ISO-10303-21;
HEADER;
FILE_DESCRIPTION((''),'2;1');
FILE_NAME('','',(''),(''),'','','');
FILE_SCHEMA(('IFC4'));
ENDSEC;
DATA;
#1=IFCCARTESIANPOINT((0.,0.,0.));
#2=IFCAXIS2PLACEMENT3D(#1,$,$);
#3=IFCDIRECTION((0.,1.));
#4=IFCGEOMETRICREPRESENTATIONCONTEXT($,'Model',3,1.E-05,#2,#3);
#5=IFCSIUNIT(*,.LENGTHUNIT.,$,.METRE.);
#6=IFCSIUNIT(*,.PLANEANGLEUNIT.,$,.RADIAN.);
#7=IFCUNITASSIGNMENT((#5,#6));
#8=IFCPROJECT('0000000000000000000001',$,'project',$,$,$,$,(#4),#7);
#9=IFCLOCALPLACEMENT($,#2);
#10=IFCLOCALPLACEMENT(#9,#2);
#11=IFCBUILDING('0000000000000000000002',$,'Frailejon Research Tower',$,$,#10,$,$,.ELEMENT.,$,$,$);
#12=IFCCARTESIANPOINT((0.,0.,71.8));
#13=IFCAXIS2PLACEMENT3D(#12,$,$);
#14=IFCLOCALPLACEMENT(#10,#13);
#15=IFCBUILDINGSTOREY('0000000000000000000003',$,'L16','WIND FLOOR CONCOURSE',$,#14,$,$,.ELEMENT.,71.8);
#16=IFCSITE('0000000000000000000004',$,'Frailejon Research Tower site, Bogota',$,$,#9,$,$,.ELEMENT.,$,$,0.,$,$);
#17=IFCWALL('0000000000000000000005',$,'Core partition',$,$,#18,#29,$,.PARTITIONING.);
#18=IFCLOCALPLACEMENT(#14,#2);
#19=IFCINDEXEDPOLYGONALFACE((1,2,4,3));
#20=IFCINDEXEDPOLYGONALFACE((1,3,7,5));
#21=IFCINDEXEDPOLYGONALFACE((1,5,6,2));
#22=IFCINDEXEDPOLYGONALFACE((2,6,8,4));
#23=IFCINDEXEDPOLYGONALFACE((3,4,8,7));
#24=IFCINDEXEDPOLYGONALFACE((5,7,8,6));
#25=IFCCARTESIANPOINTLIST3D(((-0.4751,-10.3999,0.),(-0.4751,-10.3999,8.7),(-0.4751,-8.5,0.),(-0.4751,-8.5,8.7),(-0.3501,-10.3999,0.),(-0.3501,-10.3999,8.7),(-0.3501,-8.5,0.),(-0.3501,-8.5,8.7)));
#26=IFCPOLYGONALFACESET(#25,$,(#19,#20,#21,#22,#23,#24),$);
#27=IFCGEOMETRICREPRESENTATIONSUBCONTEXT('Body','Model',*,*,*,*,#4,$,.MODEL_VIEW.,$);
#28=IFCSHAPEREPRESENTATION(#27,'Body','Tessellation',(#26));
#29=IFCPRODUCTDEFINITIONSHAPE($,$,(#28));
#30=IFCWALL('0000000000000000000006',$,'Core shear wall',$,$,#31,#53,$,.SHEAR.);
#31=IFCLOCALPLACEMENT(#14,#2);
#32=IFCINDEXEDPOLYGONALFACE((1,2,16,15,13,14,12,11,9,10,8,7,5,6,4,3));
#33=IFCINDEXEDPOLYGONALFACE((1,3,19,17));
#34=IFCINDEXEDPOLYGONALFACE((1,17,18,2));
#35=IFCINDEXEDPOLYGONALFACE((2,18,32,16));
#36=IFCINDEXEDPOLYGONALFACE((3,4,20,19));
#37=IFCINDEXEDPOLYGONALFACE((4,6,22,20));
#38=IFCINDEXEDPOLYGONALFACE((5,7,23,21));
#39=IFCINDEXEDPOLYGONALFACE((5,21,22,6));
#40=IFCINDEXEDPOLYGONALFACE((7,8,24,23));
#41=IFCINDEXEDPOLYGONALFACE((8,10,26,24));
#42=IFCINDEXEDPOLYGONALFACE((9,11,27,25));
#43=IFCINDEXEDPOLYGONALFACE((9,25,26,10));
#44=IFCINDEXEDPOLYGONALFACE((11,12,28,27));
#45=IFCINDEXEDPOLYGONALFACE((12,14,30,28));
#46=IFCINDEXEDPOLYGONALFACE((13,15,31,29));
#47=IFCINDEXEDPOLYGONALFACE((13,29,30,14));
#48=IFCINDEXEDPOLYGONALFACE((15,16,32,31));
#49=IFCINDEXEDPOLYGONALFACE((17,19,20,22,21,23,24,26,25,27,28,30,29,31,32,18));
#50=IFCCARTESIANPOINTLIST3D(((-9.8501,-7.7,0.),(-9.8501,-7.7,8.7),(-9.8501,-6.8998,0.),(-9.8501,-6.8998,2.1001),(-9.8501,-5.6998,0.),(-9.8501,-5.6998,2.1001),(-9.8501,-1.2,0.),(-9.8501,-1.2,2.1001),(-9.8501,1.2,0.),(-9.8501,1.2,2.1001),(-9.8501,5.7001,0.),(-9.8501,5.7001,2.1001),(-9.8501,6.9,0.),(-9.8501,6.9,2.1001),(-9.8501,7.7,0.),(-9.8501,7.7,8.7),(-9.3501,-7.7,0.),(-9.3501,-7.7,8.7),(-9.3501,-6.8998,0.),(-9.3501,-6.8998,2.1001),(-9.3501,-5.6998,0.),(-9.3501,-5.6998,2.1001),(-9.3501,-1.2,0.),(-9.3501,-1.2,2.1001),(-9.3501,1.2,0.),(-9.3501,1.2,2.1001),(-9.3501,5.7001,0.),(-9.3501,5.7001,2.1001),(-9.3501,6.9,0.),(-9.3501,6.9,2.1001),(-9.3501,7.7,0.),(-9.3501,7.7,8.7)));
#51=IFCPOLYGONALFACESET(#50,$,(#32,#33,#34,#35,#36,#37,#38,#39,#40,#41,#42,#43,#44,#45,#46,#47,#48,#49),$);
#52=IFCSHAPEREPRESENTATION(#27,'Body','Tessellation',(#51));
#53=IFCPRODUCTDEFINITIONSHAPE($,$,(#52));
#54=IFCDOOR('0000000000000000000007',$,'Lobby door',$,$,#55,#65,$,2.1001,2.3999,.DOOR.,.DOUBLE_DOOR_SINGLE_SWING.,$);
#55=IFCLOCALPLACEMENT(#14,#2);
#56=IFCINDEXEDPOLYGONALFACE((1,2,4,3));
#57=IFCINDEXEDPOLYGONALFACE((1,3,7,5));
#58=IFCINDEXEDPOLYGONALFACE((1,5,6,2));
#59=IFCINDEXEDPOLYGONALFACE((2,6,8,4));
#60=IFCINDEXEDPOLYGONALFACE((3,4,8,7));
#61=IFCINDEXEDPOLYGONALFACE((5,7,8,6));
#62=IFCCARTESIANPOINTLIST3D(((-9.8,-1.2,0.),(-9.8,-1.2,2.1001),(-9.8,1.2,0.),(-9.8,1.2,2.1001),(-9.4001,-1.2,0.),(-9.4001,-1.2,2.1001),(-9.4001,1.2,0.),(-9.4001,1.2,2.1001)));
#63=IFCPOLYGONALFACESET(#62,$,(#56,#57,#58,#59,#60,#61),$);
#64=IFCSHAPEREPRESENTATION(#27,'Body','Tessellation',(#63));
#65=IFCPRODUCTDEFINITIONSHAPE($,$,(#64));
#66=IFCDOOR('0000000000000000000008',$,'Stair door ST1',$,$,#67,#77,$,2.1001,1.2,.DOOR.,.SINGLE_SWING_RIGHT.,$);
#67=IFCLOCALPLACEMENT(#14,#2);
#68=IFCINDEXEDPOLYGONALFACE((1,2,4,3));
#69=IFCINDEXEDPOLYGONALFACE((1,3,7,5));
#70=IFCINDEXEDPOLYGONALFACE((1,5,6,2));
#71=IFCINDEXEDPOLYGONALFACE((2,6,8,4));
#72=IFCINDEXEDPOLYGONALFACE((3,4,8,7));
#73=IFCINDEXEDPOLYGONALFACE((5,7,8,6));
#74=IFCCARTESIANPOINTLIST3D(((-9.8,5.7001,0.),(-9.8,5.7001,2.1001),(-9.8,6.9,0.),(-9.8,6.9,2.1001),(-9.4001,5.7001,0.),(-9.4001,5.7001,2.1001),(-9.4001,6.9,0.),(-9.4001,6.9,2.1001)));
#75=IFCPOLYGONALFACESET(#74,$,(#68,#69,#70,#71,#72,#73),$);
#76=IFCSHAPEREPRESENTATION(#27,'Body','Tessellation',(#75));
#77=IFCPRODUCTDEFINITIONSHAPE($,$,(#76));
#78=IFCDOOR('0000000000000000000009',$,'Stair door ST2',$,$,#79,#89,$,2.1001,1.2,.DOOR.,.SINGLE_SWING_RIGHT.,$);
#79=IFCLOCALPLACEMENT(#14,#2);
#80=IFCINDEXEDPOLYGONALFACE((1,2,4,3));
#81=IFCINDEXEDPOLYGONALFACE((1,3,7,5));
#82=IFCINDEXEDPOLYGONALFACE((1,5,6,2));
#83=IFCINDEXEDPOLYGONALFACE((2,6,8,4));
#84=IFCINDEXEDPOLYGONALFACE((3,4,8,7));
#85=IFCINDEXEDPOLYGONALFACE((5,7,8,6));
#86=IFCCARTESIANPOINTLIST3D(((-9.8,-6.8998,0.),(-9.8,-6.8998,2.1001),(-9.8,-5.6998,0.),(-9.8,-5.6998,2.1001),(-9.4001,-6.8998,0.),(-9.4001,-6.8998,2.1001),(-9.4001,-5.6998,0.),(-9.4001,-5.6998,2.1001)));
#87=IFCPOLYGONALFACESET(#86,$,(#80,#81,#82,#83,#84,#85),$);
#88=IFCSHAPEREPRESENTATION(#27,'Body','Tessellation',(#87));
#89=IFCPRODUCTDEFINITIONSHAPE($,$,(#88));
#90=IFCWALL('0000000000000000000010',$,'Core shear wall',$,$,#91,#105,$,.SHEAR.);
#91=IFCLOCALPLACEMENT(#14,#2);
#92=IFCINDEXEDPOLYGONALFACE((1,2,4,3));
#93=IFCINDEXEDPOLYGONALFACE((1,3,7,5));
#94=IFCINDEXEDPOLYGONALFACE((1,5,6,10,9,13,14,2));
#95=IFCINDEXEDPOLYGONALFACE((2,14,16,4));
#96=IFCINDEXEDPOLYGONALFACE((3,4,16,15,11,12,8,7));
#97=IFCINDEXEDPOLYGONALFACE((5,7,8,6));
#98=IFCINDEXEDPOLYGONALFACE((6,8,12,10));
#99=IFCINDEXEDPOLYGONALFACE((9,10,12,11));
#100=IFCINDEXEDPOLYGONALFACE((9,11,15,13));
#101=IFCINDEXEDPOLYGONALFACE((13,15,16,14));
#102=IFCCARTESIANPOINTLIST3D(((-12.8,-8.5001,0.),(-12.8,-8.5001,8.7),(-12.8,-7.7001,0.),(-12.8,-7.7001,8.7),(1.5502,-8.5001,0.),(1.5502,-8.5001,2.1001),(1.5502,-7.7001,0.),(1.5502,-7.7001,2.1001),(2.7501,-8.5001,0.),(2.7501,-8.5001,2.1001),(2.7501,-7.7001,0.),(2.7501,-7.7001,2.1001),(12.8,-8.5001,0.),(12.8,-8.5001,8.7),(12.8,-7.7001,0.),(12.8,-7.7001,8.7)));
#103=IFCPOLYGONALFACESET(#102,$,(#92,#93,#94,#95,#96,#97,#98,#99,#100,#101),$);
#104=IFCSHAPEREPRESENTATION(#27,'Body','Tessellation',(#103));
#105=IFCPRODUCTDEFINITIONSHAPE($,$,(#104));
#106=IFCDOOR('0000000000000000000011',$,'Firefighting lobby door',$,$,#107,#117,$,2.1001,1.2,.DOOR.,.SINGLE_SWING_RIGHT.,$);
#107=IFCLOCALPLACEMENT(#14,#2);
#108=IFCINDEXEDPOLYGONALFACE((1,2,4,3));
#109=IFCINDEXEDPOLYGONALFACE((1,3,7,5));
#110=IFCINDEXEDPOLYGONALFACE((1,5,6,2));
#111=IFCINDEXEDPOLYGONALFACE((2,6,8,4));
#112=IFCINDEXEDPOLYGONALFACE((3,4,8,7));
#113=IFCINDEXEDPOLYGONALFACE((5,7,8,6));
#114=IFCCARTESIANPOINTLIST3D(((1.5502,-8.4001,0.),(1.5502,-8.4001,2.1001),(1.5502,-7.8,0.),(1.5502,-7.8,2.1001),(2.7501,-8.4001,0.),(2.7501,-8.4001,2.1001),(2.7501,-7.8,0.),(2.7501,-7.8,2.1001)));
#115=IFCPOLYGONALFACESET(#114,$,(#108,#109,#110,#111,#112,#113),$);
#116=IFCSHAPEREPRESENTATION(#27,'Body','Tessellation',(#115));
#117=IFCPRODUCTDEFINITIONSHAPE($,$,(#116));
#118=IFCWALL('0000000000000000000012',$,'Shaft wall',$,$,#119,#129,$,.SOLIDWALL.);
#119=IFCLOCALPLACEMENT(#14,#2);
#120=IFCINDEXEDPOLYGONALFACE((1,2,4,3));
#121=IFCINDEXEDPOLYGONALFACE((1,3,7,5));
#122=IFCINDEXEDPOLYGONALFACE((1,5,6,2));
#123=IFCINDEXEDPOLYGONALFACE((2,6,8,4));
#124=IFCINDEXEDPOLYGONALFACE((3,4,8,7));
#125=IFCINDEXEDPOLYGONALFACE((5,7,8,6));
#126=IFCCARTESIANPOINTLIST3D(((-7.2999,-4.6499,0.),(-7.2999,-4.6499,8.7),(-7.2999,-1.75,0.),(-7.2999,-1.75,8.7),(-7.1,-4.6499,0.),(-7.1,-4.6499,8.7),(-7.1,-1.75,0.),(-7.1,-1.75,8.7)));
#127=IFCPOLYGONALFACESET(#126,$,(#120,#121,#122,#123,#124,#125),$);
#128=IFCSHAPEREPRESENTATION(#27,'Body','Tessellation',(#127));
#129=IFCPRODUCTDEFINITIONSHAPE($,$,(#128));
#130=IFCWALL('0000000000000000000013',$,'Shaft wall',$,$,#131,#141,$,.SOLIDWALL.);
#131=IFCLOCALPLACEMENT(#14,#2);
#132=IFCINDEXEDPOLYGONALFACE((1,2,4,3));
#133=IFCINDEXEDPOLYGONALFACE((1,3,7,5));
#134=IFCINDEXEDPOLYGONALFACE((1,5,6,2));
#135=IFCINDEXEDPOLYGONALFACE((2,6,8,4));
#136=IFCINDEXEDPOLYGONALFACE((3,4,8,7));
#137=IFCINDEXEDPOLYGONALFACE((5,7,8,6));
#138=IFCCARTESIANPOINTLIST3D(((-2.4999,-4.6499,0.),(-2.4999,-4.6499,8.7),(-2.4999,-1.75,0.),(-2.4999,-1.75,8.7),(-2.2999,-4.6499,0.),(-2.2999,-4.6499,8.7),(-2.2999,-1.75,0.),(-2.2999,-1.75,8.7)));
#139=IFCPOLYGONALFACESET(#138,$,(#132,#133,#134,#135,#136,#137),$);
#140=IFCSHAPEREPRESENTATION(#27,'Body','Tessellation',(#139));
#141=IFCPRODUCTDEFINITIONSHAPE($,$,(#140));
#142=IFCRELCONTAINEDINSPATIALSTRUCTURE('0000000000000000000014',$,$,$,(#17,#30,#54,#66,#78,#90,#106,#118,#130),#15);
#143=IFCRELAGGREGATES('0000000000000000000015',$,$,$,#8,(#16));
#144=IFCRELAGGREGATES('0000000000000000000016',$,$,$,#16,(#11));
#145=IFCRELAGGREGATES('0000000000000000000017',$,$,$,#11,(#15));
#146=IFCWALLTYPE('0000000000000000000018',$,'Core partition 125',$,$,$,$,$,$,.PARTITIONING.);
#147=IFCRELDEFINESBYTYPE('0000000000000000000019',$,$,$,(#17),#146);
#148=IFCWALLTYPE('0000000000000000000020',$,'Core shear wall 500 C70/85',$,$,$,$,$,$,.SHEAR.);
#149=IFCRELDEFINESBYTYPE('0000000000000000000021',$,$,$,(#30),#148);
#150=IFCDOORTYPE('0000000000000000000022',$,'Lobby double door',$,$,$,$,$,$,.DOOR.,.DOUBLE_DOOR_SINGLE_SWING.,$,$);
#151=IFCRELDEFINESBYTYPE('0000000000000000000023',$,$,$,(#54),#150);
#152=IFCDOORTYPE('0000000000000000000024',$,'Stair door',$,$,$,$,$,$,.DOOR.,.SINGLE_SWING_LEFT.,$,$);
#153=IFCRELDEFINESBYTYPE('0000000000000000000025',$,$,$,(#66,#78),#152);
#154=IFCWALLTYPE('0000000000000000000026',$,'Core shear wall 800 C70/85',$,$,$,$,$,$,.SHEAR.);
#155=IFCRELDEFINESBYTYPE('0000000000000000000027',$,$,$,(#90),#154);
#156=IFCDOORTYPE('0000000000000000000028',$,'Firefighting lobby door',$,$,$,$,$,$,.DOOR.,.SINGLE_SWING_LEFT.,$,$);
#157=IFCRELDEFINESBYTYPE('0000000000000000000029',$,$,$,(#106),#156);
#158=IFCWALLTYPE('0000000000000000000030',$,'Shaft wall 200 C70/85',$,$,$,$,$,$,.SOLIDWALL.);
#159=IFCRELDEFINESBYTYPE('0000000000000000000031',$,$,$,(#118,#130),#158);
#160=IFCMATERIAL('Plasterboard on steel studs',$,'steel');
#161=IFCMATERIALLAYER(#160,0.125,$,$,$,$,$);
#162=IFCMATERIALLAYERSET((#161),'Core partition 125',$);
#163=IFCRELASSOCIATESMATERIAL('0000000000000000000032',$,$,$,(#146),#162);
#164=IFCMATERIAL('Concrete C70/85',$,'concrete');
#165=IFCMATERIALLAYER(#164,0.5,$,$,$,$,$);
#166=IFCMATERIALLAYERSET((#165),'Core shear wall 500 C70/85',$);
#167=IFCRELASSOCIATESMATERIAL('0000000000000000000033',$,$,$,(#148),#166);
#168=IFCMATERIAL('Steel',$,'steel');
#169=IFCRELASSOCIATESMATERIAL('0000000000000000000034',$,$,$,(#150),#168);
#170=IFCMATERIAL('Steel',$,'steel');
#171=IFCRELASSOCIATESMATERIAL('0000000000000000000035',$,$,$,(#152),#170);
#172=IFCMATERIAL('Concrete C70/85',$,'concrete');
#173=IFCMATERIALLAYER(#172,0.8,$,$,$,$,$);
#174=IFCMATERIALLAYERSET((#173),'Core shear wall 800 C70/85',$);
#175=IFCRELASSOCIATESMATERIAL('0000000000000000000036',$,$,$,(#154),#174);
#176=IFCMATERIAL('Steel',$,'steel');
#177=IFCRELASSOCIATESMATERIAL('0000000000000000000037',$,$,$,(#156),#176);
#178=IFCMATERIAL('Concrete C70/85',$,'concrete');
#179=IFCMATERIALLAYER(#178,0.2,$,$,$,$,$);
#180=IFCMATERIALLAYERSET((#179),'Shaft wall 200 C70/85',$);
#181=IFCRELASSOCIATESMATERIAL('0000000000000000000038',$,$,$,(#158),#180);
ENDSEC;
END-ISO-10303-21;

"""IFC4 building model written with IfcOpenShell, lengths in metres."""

from ifc_helpers import new_model, si_unit, direction, frame, frame_2d, origin, place, context, subcontext, project, spatial, rectangle, extrude, material, layer, layer_set, type_object, element, fill, save


model = new_model("IFC4")

# Units and contexts
model_context = context("Model", 3, precision=1e-05, world=origin(), true_north=direction((0.0, 1.0)))
body_context = subcontext(model_context, "Body", "Model", "MODEL_VIEW")
ifc_project = project(units=[si_unit("LENGTHUNIT", "METRE"), si_unit("PLANEANGLEUNIT", "RADIAN")], contexts=[model_context])

# Site, building, storey
site_placement = place(None, origin())
site = spatial("IfcSite", under=ifc_project, at=site_placement, Name="Frailejon Research Tower site, Bogota", CompositionType="ELEMENT", RefElevation=0.0)
building_placement = place(site_placement, origin())
building = spatial("IfcBuilding", under=site, at=building_placement, Name="Frailejon Research Tower", CompositionType="ELEMENT")
storey_placement = place(building_placement, frame((0.0, 0.0, 71.8)))
storey = spatial("IfcBuildingStorey", under=building, at=storey_placement, Name="L16", Description="WIND FLOOR CONCOURSE", CompositionType="ELEMENT", Elevation=71.8)

# Wall
ifc_material_1 = material(Name="Plasterboard on steel studs", Category="steel")
ifc_layer_1 = layer(ifc_material_1, 0.125)
ifc_layer_set_1 = layer_set([ifc_layer_1], Name="Core partition 125")
wall_type_1 = type_object("IfcWallType", Name="Core partition 125", PredefinedType="PARTITIONING", material=ifc_layer_set_1)
wall_1_placement = place(storey_placement, frame((-0.4126, -10.3999, 0.0), z_axis=(0.0, 0.0, 1.0), x_axis=(0.0, 1.0, 0.0)))
element("IfcWall", 1, at=wall_1_placement, inside=storey, type_object=wall_type_1, Name="Core partition", PredefinedType="PARTITIONING", context=body_context, shape_type="SweptSolid", body=[
    extrude(rectangle(XDim=1.8999, YDim=0.125, at=frame_2d((0.95, 0.0))), origin(), (0.0, 0.0, 1.0), 8.7),
])

# Wall, openings, doors
ifc_material_2 = material(Name="Concrete C70/85", Category="concrete")
ifc_layer_2 = layer(ifc_material_2, 0.5)
ifc_layer_set_2 = layer_set([ifc_layer_2], Name="Core shear wall 500 C70/85")
wall_type_2 = type_object("IfcWallType", Name="Core shear wall 500 C70/85", PredefinedType="SHEAR", material=ifc_layer_set_2)
wall_2_placement = place(storey_placement, frame((-9.6001, -7.7, 0.0), z_axis=(0.0, 0.0, 1.0), x_axis=(0.0, 1.0, 0.0)))
wall_2 = element("IfcWall", 2, at=wall_2_placement, inside=storey, type_object=wall_type_2, Name="Core shear wall", PredefinedType="SHEAR", context=body_context, shape_type="SweptSolid", body=[
    extrude(rectangle(XDim=15.3999, YDim=0.5, at=frame_2d((7.7, 0.0))), origin(), (0.0, 0.0, 1.0), 8.7),
])
opening_1_placement = place(wall_2_placement, frame((6.5, 0.0, 0.0)))
opening_1 = element("IfcOpeningElement", 3, at=opening_1_placement, cuts=wall_2, PredefinedType="OPENING", context=body_context, shape_type="SweptSolid", body=[
    extrude(rectangle(XDim=2.3999, YDim=2.1001, at=frame_2d((1.2, 1.05))), frame((0.0, 0.26, 0.0), z_axis=(0.0, -1.0, 0.0), x_axis=(1.0, 0.0, 0.0)), (0.0, 0.0, 1.0), 0.52),
])
opening_2_placement = place(wall_2_placement, frame((13.3999, 0.0, 0.0)))
opening_2 = element("IfcOpeningElement", 4, at=opening_2_placement, cuts=wall_2, PredefinedType="OPENING", context=body_context, shape_type="SweptSolid", body=[
    extrude(rectangle(XDim=1.2, YDim=2.1001, at=frame_2d((0.6001, 1.05))), frame((0.0, 0.26, 0.0), z_axis=(0.0, -1.0, 0.0), x_axis=(1.0, 0.0, 0.0)), (0.0, 0.0, 1.0), 0.52),
])
opening_3_placement = place(wall_2_placement, frame((0.8, 0.0, 0.0)))
opening_3 = element("IfcOpeningElement", 5, at=opening_3_placement, cuts=wall_2, PredefinedType="OPENING", context=body_context, shape_type="SweptSolid", body=[
    extrude(rectangle(XDim=1.2, YDim=2.1001, at=frame_2d((0.6001, 1.05))), frame((0.0, 0.26, 0.0), z_axis=(0.0, -1.0, 0.0), x_axis=(1.0, 0.0, 0.0)), (0.0, 0.0, 1.0), 0.52),
])
ifc_material_3 = material(Name="Steel", Category="steel")
door_type_1 = type_object("IfcDoorType", Name="Lobby double door", OperationType="DOUBLE_DOOR_SINGLE_SWING", PredefinedType="DOOR", material=ifc_material_3)
door_1_placement = place(opening_1_placement, origin())
door_1 = element("IfcDoor", 6, at=door_1_placement, inside=storey, type_object=door_type_1, Name="Lobby door", OperationType="DOUBLE_DOOR_SINGLE_SWING", OverallHeight=2.1001, OverallWidth=2.3999, PredefinedType="DOOR", context=body_context, shape_type="SweptSolid", body=[
    extrude(rectangle(XDim=2.3999, YDim=2.1001, at=frame_2d((1.2, 1.05))), frame((0.0, 0.2, 0.0), z_axis=(0.0, -1.0, 0.0), x_axis=(1.0, 0.0, 0.0)), (0.0, 0.0, 1.0), 0.3999),
])
fill(opening_1, door_1)
ifc_material_4 = material(Name="Steel", Category="steel")
door_type_2 = type_object("IfcDoorType", Name="Stair door", OperationType="SINGLE_SWING_LEFT", PredefinedType="DOOR", material=ifc_material_4)
door_2_placement = place(opening_2_placement, origin())
door_2 = element("IfcDoor", 7, at=door_2_placement, inside=storey, type_object=door_type_2, Name="Stair door ST1", OperationType="SINGLE_SWING_RIGHT", OverallHeight=2.1001, OverallWidth=1.2, PredefinedType="DOOR", context=body_context, shape_type="SweptSolid", body=[
    extrude(rectangle(XDim=1.2, YDim=2.1001, at=frame_2d((0.6001, 1.05))), frame((0.0, 0.2, 0.0), z_axis=(0.0, -1.0, 0.0), x_axis=(1.0, 0.0, 0.0)), (0.0, 0.0, 1.0), 0.3999),
])
fill(opening_2, door_2)
door_3_placement = place(opening_3_placement, origin())
door_3 = element("IfcDoor", 8, at=door_3_placement, inside=storey, type_object=door_type_2, Name="Stair door ST2", OperationType="SINGLE_SWING_RIGHT", OverallHeight=2.1001, OverallWidth=1.2, PredefinedType="DOOR", context=body_context, shape_type="SweptSolid", body=[
    extrude(rectangle(XDim=1.2, YDim=2.1001, at=frame_2d((0.6001, 1.05))), frame((0.0, 0.2, 0.0), z_axis=(0.0, -1.0, 0.0), x_axis=(1.0, 0.0, 0.0)), (0.0, 0.0, 1.0), 0.3999),
])
fill(opening_3, door_3)

# Wall, opening, door
ifc_material_5 = material(Name="Concrete C70/85", Category="concrete")
ifc_layer_3 = layer(ifc_material_5, 0.8)
ifc_layer_set_3 = layer_set([ifc_layer_3], Name="Core shear wall 800 C70/85")
wall_type_3 = type_object("IfcWallType", Name="Core shear wall 800 C70/85", PredefinedType="SHEAR", material=ifc_layer_set_3)
wall_3_placement = place(storey_placement, frame((-12.8, -8.1001, 0.0), z_axis=(0.0, 0.0, 1.0), x_axis=(1.0, 0.0, 0.0)))
wall_3 = element("IfcWall", 9, at=wall_3_placement, inside=storey, type_object=wall_type_3, Name="Core shear wall", PredefinedType="SHEAR", context=body_context, shape_type="SweptSolid", body=[
    extrude(rectangle(XDim=25.6001, YDim=0.8, at=frame_2d((12.8, 0.0))), origin(), (0.0, 0.0, 1.0), 8.7),
])
opening_4_placement = place(wall_3_placement, frame((14.3501, 0.0, 0.0)))
opening_4 = element("IfcOpeningElement", 10, at=opening_4_placement, cuts=wall_3, PredefinedType="OPENING", context=body_context, shape_type="SweptSolid", body=[
    extrude(rectangle(XDim=1.2, YDim=2.1001, at=frame_2d((0.6001, 1.05))), frame((0.0, 0.4099, 0.0), z_axis=(0.0, -1.0, 0.0), x_axis=(1.0, 0.0, 0.0)), (0.0, 0.0, 1.0), 0.8201),
])
ifc_material_6 = material(Name="Steel", Category="steel")
door_type_3 = type_object("IfcDoorType", Name="Firefighting lobby door", OperationType="SINGLE_SWING_LEFT", PredefinedType="DOOR", material=ifc_material_6)
door_4_placement = place(opening_4_placement, origin())
door_4 = element("IfcDoor", 11, at=door_4_placement, inside=storey, type_object=door_type_3, Name="Firefighting lobby door", OperationType="SINGLE_SWING_RIGHT", OverallHeight=2.1001, OverallWidth=1.2, PredefinedType="DOOR", context=body_context, shape_type="SweptSolid", body=[
    extrude(rectangle(XDim=1.2, YDim=2.1001, at=frame_2d((0.6001, 1.05))), frame((0.0, 0.3, 0.0), z_axis=(0.0, -1.0, 0.0), x_axis=(1.0, 0.0, 0.0)), (0.0, 0.0, 1.0), 0.6001),
])
fill(opening_4, door_4)

# Walls
ifc_material_7 = material(Name="Concrete C70/85", Category="concrete")
ifc_layer_4 = layer(ifc_material_7, 0.2)
ifc_layer_set_4 = layer_set([ifc_layer_4], Name="Shaft wall 200 C70/85")
wall_type_4 = type_object("IfcWallType", Name="Shaft wall 200 C70/85", PredefinedType="SOLIDWALL", material=ifc_layer_set_4)
for number, where, z_axis, x_axis, name in (
    (12, (-7.2, -4.6499, 0.0), (0.0, 0.0, 1.0), (0.0, 1.0, 0.0), "Shaft wall"),
    (13, (-2.3999, -4.6499, 0.0), (0.0, 0.0, 1.0), (0.0, 1.0, 0.0), "Shaft wall"),
):
    element("IfcWall", number, at=place(storey_placement, frame(where, z_axis=z_axis, x_axis=x_axis)), inside=storey, type_object=wall_type_4, Name=name, PredefinedType="SOLIDWALL", context=body_context, shape_type="SweptSolid", body=[
        extrude(rectangle(XDim=2.8999, YDim=0.2, at=frame_2d((1.45, 0.0))), origin(), (0.0, 0.0, 1.0), 8.7),
    ])

save(model, "model.ifc")
